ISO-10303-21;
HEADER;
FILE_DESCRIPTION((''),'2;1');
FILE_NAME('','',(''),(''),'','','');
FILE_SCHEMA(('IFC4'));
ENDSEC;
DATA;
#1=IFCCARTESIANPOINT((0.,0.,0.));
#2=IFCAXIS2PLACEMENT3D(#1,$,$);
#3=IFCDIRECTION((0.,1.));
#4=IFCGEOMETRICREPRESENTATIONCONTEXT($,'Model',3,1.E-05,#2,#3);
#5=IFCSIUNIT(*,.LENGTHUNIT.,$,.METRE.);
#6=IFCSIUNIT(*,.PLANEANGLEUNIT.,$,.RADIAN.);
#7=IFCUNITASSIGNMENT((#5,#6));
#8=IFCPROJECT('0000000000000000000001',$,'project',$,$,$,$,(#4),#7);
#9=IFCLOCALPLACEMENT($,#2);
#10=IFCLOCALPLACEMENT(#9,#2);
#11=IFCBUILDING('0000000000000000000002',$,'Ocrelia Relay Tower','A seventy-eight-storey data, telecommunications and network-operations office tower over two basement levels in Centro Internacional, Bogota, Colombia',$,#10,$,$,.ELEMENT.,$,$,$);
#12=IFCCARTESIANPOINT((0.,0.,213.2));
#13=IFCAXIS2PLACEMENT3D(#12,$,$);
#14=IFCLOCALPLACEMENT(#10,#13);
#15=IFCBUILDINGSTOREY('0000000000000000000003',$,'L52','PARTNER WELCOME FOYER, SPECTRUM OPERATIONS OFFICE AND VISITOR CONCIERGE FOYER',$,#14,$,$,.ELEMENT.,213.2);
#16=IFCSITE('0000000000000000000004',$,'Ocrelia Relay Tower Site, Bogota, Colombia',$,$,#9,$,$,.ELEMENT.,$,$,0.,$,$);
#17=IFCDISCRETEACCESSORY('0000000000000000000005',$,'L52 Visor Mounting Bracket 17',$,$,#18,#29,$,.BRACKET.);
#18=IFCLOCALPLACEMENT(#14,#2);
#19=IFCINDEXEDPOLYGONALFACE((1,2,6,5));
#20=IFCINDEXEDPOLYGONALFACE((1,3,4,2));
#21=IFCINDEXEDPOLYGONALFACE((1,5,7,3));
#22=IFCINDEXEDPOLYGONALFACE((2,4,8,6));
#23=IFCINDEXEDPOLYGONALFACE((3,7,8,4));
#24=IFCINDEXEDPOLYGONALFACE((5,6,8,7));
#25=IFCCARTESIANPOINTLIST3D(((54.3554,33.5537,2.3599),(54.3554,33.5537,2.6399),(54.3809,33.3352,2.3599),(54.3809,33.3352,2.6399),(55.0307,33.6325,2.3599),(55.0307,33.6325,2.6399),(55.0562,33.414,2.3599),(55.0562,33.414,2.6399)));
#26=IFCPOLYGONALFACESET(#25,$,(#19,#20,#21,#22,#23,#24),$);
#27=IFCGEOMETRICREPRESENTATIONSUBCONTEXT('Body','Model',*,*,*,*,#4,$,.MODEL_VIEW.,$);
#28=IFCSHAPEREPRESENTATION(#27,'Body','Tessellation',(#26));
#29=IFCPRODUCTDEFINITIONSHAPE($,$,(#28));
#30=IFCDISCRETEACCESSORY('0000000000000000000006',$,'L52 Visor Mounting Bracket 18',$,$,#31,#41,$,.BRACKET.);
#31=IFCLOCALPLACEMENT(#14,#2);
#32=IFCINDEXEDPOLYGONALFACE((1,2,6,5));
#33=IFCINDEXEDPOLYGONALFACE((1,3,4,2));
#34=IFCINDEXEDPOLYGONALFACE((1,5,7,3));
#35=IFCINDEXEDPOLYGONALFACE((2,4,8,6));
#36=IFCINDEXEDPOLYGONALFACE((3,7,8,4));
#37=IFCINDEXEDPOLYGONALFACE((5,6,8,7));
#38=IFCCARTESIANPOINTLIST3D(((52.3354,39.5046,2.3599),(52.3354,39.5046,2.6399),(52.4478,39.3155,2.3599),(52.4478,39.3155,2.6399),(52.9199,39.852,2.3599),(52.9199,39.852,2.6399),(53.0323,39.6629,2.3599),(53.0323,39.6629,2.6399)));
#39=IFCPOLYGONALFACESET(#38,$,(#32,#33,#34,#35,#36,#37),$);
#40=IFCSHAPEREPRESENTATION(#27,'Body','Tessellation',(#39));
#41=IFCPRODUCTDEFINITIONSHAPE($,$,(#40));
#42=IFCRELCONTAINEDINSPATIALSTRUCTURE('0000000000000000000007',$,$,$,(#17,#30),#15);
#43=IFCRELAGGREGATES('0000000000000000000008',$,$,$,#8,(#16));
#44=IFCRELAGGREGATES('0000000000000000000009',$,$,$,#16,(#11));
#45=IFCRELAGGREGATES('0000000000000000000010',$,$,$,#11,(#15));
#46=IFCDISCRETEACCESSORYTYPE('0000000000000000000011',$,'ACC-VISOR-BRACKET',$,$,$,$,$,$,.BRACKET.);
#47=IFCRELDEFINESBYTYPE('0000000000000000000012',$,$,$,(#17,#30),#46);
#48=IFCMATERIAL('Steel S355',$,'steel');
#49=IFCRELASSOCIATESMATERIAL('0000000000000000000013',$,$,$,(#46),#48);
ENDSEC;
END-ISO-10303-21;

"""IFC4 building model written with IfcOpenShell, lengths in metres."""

from ifc_helpers import new_model, si_unit, direction, frame, origin, origin_2d, place, context, subcontext, project, spatial, rectangle, extrude, material, type_object, element, save


model = new_model("IFC4")

# Units and contexts
model_context = context("Model", 3, precision=1e-05, world=origin(), true_north=direction((0.0, 1.0)))
body_context = subcontext(model_context, "Body", "Model", "MODEL_VIEW")
ifc_project = project(units=[si_unit("LENGTHUNIT", "METRE"), si_unit("PLANEANGLEUNIT", "RADIAN")], contexts=[model_context])

# Site, building, storey
site_placement = place(None, origin())
site = spatial("IfcSite", under=ifc_project, at=site_placement, Name="Ocrelia Relay Tower Site, Bogota, Colombia", CompositionType="ELEMENT", RefElevation=0.0)
building_placement = place(site_placement, origin())
building = spatial("IfcBuilding", under=site, at=building_placement, Name="Ocrelia Relay Tower", Description="A seventy-eight-storey data, telecommunications and network-operations office tower over two basement levels in Centro Internacional, Bogota, Colombia", CompositionType="ELEMENT")
storey_placement = place(building_placement, frame((0.0, 0.0, 213.2)))
storey = spatial("IfcBuildingStorey", under=building, at=storey_placement, Name="L52", Description="PARTNER WELCOME FOYER, SPECTRUM OPERATIONS OFFICE AND VISITOR CONCIERGE FOYER", CompositionType="ELEMENT", Elevation=213.2)

# Shared definitions
ifc_material_1 = material(Name="Steel S355", Category="steel")

# Discrete accessories
discrete_accessory_type = type_object("IfcDiscreteAccessoryType", Name="ACC-VISOR-BRACKET", PredefinedType="BRACKET", material=ifc_material_1)
for number, where, z_axis, x_axis, name in (
    (1, (54.7058, 33.4839, 2.3599), (0.0, 0.0, 1.0), (-0.115907, 0.99326, 0.0), "L52 Visor Mounting Bracket 17"),
    (2, (52.6838, 39.5837, 2.3599), (0.0, 0.0, 1.0), (-0.510851, 0.859669, 0.0), "L52 Visor Mounting Bracket 18"),
):
    element("IfcDiscreteAccessory", number, at=place(storey_placement, frame(where, z_axis=z_axis, x_axis=x_axis)), inside=storey, type_object=discrete_accessory_type, Name=name, PredefinedType="BRACKET", context=body_context, shape_type="SweptSolid", body=[
        extrude(rectangle(XDim=0.22, YDim=0.6799, at=origin_2d()), origin(), (0.0, 0.0, 1.0), 0.28),
    ])

save(model, "model.ifc")
